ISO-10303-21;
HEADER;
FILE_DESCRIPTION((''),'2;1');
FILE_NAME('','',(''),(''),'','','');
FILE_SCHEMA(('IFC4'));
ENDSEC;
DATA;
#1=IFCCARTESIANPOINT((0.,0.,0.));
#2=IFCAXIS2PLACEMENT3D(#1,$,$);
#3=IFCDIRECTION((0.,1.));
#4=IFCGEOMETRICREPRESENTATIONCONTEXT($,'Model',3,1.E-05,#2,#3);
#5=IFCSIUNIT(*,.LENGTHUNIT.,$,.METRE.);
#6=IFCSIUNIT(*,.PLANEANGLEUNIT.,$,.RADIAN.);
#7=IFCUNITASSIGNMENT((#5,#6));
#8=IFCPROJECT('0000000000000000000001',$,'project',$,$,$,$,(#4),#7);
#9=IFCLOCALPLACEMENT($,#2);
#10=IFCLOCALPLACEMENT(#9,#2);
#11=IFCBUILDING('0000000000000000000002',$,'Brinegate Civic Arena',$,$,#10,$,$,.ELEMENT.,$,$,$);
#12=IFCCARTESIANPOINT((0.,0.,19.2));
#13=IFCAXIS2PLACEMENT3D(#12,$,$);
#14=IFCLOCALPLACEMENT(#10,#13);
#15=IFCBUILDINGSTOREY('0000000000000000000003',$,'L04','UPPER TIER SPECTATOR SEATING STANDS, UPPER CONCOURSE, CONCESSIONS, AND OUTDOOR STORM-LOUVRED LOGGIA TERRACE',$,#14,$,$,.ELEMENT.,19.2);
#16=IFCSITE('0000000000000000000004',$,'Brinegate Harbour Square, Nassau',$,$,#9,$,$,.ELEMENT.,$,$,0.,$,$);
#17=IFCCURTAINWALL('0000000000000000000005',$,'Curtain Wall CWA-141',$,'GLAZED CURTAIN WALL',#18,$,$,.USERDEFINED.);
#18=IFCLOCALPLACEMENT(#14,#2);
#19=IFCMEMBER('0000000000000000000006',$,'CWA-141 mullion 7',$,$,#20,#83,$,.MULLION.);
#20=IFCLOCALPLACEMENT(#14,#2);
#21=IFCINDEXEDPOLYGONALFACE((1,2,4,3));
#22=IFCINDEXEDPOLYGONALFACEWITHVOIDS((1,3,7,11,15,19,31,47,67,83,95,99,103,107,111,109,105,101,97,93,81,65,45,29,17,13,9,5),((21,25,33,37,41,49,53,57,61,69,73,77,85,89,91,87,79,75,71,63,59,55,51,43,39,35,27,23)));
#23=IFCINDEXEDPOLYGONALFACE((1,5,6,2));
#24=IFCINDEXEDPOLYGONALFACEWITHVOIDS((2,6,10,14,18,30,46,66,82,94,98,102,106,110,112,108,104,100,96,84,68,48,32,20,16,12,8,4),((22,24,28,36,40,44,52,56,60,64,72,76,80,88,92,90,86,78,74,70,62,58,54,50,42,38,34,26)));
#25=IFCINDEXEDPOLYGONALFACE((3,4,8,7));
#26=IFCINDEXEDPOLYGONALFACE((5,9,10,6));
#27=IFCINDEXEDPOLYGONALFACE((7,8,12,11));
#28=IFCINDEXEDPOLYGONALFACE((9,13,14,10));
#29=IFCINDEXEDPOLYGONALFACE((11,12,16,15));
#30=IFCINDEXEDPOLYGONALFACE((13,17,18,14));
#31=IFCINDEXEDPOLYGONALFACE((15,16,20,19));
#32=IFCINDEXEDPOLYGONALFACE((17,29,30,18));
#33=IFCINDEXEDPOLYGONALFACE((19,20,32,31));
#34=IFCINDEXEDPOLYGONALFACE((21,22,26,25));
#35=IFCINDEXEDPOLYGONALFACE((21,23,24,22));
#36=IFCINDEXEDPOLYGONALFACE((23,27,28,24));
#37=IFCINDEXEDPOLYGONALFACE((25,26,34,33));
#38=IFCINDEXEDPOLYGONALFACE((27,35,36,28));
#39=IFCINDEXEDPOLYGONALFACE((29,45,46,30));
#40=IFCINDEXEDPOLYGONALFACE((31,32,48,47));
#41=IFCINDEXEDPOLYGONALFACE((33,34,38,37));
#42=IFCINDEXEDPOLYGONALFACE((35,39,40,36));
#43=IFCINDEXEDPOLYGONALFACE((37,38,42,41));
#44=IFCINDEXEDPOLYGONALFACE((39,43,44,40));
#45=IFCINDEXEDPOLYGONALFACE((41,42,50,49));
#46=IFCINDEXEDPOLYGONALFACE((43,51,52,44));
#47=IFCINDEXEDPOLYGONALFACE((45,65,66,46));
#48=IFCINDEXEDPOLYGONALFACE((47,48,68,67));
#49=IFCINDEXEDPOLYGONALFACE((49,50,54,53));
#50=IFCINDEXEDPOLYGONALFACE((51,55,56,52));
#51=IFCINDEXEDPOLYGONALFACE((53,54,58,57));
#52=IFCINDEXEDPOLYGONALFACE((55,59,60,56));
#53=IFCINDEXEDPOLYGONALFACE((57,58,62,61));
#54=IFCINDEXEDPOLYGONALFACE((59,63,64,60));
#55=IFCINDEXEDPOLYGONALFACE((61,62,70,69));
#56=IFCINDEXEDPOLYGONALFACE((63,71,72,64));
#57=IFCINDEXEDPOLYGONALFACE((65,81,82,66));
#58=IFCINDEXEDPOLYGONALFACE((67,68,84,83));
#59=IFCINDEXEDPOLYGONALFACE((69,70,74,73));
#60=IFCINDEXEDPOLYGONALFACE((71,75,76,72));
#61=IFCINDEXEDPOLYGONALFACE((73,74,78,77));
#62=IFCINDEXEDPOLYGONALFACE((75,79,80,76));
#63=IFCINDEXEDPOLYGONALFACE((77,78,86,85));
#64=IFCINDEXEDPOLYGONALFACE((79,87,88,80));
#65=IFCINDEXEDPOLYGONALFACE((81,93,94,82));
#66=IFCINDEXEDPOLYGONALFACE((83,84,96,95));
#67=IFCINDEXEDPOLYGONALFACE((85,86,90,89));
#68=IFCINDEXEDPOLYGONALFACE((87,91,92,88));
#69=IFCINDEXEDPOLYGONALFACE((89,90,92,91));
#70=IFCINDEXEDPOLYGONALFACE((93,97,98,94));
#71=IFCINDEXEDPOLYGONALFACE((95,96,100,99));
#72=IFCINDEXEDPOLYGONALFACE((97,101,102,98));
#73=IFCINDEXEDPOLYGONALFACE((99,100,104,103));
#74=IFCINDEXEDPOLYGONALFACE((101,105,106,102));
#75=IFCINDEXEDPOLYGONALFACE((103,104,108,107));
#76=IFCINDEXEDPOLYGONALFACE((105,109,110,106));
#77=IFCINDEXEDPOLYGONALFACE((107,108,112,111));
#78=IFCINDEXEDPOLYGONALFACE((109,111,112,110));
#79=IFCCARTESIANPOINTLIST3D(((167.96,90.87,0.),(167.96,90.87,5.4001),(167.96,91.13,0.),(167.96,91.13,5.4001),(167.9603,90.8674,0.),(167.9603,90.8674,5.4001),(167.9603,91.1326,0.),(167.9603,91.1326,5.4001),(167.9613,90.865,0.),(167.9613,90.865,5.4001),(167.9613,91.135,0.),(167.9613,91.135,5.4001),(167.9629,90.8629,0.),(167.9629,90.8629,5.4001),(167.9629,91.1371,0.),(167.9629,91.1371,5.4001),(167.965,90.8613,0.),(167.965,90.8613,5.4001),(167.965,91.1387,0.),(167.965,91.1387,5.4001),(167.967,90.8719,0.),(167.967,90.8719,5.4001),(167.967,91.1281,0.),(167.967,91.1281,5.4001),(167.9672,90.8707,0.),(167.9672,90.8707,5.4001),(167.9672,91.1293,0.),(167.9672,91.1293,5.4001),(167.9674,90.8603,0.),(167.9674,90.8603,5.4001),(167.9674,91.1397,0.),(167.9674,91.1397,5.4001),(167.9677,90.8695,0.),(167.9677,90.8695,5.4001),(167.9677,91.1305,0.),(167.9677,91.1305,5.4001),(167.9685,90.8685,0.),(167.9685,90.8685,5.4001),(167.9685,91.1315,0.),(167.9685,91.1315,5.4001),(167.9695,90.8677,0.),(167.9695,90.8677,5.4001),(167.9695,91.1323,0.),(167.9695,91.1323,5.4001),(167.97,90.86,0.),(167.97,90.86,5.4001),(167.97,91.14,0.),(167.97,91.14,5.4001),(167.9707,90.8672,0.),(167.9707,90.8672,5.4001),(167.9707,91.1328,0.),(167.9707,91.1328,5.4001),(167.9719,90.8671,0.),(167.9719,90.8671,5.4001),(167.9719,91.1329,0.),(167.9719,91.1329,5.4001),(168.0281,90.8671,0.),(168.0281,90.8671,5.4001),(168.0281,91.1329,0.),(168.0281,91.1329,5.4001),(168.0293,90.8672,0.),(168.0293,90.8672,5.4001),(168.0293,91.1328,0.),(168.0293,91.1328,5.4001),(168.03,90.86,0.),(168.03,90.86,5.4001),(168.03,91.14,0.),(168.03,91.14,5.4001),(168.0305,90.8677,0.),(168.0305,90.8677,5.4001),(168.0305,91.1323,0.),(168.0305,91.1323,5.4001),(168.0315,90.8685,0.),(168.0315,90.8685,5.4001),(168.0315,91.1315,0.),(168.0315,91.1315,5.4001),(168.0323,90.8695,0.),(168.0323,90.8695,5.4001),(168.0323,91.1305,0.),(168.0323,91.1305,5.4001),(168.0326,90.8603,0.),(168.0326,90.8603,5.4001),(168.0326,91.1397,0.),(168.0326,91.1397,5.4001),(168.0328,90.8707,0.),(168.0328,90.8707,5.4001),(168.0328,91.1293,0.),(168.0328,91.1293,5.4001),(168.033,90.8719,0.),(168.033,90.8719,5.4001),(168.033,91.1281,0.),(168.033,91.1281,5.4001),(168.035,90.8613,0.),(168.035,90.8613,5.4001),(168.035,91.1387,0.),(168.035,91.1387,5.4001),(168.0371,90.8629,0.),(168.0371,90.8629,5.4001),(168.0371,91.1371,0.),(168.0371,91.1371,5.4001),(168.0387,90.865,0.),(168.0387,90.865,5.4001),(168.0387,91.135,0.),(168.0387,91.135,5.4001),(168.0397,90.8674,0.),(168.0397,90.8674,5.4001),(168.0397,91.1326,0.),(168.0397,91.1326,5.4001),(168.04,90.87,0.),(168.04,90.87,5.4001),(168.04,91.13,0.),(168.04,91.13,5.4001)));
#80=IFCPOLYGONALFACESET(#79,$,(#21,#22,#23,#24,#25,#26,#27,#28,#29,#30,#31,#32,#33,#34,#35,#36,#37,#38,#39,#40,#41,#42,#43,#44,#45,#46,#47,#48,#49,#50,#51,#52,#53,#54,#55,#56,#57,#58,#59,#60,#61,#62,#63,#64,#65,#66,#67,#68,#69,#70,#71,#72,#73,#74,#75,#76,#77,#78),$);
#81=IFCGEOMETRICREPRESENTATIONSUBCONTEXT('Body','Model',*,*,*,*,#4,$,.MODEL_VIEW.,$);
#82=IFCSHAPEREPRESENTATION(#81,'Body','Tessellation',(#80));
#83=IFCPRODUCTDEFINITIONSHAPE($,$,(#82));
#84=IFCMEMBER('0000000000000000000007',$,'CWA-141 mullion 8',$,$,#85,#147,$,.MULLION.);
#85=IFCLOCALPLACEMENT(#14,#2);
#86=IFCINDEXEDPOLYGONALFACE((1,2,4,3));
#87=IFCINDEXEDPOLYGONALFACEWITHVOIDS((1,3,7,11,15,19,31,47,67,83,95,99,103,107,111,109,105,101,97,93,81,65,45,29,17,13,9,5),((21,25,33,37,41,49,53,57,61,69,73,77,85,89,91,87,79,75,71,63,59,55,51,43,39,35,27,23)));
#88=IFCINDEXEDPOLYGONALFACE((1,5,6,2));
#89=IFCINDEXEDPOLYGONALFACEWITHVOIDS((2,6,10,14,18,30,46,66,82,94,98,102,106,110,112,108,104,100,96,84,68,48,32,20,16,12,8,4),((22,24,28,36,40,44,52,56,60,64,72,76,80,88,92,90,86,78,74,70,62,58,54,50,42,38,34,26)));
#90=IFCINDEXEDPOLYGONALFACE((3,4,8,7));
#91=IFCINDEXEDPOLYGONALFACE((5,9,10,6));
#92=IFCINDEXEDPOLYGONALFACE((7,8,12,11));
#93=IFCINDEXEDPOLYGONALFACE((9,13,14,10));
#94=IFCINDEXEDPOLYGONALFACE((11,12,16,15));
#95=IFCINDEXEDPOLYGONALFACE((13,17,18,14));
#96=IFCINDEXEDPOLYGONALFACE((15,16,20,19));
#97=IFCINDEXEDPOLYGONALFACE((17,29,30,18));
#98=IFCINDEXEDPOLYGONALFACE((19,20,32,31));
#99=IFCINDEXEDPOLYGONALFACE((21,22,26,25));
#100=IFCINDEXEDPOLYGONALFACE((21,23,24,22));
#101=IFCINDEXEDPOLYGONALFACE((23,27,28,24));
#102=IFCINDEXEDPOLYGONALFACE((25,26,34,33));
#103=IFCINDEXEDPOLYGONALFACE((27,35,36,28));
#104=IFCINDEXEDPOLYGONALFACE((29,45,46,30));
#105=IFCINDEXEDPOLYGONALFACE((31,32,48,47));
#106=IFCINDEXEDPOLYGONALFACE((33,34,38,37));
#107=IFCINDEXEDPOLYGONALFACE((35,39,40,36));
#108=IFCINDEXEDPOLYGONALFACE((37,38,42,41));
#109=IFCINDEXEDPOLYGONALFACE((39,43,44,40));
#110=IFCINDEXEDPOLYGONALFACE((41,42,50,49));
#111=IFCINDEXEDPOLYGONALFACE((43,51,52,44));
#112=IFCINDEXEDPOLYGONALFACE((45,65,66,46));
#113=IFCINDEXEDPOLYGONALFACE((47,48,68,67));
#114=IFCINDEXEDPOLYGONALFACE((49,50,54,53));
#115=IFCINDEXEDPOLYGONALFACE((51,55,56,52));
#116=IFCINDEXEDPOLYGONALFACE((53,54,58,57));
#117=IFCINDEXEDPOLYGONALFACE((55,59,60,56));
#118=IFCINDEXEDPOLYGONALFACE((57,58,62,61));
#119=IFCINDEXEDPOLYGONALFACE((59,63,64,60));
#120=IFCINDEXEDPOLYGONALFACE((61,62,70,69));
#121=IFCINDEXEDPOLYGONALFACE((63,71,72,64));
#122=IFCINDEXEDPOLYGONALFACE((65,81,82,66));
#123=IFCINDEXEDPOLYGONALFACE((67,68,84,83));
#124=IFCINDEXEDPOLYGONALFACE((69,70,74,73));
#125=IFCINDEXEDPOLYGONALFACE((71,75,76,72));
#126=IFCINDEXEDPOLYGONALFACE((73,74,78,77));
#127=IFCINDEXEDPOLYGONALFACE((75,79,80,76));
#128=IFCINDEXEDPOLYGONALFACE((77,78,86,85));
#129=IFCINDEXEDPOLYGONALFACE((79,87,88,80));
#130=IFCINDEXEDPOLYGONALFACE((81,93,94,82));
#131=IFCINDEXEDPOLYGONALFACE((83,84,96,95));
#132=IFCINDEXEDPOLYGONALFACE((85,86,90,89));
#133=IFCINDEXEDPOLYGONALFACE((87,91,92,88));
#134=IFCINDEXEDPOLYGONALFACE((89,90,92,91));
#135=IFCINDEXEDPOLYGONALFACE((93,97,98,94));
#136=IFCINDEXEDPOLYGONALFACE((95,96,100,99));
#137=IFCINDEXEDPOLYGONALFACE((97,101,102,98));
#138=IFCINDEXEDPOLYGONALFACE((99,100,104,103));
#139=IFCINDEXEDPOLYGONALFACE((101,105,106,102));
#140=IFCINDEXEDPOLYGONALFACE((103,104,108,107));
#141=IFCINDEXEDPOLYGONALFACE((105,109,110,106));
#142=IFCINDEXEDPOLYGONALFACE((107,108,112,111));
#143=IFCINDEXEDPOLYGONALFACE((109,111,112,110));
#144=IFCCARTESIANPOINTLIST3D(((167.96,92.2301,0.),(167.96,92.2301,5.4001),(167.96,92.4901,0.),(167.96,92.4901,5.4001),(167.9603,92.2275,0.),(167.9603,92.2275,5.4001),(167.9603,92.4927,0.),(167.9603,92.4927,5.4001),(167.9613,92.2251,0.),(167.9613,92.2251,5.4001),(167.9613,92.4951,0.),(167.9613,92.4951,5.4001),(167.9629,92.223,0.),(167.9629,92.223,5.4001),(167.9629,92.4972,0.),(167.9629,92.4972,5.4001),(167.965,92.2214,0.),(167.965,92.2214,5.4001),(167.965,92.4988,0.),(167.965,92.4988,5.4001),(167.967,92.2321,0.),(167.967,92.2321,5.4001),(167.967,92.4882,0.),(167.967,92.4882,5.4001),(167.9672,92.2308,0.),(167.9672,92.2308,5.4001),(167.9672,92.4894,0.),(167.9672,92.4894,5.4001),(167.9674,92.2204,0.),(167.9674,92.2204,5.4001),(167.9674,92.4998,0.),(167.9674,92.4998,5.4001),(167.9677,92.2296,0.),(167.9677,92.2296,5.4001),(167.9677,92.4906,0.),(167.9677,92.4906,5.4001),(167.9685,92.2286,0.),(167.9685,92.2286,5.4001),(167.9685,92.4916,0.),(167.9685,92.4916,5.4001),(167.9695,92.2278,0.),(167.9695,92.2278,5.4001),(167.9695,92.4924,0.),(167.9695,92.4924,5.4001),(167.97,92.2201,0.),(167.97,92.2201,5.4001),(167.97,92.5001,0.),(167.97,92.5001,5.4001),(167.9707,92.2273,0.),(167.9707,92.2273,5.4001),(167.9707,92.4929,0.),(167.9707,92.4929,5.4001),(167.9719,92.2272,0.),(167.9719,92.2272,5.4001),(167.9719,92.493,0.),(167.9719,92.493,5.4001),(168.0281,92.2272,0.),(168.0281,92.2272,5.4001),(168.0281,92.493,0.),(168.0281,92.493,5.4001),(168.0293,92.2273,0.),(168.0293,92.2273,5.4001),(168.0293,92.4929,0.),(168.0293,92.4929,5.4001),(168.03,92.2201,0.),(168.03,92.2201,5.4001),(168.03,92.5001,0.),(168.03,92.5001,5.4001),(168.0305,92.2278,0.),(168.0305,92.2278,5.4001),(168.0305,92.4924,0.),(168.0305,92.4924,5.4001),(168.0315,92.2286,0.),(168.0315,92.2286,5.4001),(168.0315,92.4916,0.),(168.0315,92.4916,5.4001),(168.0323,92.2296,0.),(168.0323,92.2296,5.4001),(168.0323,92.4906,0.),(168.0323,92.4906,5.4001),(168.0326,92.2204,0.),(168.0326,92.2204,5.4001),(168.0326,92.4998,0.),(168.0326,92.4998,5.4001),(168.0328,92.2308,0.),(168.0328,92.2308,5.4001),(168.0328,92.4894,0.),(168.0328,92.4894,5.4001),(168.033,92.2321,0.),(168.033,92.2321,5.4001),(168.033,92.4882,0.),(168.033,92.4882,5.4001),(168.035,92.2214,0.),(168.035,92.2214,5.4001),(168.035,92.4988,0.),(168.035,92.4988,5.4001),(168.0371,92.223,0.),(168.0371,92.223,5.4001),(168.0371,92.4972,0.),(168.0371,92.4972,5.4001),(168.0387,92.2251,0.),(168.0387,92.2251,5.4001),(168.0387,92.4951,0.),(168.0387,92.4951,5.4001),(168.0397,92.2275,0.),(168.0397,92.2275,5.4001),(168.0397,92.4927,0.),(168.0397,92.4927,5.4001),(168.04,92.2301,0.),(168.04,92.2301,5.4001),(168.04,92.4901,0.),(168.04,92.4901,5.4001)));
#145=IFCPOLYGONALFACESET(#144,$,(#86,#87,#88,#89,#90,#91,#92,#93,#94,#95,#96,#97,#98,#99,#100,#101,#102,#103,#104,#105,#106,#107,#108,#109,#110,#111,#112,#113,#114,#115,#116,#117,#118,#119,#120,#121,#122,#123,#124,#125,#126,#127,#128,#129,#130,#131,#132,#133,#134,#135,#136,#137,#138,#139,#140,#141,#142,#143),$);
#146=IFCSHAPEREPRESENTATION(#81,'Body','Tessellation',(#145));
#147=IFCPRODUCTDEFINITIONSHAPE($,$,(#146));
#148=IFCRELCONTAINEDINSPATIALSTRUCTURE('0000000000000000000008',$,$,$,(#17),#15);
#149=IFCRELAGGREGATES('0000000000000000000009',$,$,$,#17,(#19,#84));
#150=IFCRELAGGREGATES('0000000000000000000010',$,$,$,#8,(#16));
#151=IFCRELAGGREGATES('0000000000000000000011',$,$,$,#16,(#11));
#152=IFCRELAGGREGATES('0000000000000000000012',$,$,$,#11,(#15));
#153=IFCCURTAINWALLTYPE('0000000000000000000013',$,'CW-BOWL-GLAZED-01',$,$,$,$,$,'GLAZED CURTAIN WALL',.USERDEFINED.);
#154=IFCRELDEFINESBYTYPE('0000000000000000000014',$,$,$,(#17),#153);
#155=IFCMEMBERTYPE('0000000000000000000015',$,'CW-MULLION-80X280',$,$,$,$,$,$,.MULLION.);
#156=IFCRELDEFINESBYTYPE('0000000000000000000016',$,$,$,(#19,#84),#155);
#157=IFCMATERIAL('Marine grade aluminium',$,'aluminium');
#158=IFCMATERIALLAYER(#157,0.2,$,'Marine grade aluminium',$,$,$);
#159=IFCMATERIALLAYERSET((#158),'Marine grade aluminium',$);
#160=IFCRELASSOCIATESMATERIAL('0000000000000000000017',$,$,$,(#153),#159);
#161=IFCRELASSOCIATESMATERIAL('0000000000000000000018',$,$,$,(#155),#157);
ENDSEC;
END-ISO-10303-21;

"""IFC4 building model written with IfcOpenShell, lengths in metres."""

from ifc_helpers import new_model, si_unit, direction, frame, origin, origin_2d, place, context, subcontext, project, spatial, hollow_rectangle, extrude, material, layer, layer_set, material_profile, profile_set, type_object, element, aggregate, save


model = new_model("IFC4")

# Units and contexts
model_context = context("Model", 3, precision=1e-05, world=origin(), true_north=direction((0.0, 1.0)))
body_context = subcontext(model_context, "Body", "Model", "MODEL_VIEW")
ifc_project = project(units=[si_unit("LENGTHUNIT", "METRE"), si_unit("PLANEANGLEUNIT", "RADIAN")], contexts=[model_context])

# Site, building, storey
site_placement = place(None, origin())
site = spatial("IfcSite", under=ifc_project, at=site_placement, Name="Brinegate Harbour Square, Nassau", CompositionType="ELEMENT", RefElevation=0.0)
building_placement = place(site_placement, origin())
building = spatial("IfcBuilding", under=site, at=building_placement, Name="Brinegate Civic Arena", CompositionType="ELEMENT")
storey_placement = place(building_placement, frame((0.0, 0.0, 19.2)))
storey = spatial("IfcBuildingStorey", under=building, at=storey_placement, Name="L04", Description="UPPER TIER SPECTATOR SEATING STANDS, UPPER CONCOURSE, CONCESSIONS, AND OUTDOOR STORM-LOUVRED LOGGIA TERRACE", CompositionType="ELEMENT", Elevation=19.2)

# Curtain wall, members
ifc_material_1 = material(Name="Marine grade aluminium", Category="aluminium")
ifc_layer_1 = layer(ifc_material_1, 0.2, Name="Marine grade aluminium")
ifc_layer_set_1 = layer_set([ifc_layer_1], Name="Marine grade aluminium")
curtain_wall_type = type_object("IfcCurtainWallType", Name="CW-BOWL-GLAZED-01", ElementType="GLAZED CURTAIN WALL", PredefinedType="USERDEFINED", material=ifc_layer_set_1)
curtain_wall_placement = place(storey_placement, origin())
curtain_wall = element("IfcCurtainWall", 1, at=curtain_wall_placement, inside=storey, type_object=curtain_wall_type, Name="Curtain Wall CWA-141", ObjectType="GLAZED CURTAIN WALL", PredefinedType="USERDEFINED")
ifc_material_profile_1 = material_profile(ifc_material_1, hollow_rectangle(XDim=0.0801, YDim=0.28, WallThickness=0.0071, InnerFilletRadius=0.0049, OuterFilletRadius=0.01, at=origin_2d()), Name="MUL80X280")
ifc_profile_set_1 = profile_set([ifc_material_profile_1], Name="Marine grade aluminium")
member_type_1 = type_object("IfcMemberType", Name="CW-MULLION-80X280", PredefinedType="MULLION", material=ifc_profile_set_1)
member_1_placement = place(storey_placement, frame((168.0, 91.0, 0.0), z_axis=(0.0, 0.0, 1.0), x_axis=(-1.0, 0.0, 0.0)))
member_1 = element("IfcMember", 2, at=member_1_placement, type_object=member_type_1, Name="CWA-141 mullion 7", PredefinedType="MULLION", context=body_context, shape_type="SweptSolid", body=[
    extrude(hollow_rectangle(XDim=0.0801, YDim=0.28, WallThickness=0.0071, InnerFilletRadius=0.0049, OuterFilletRadius=0.01, at=origin_2d()), origin(), (0.0, 0.0, 1.0), 5.4001),
])
member_2_placement = place(storey_placement, frame((168.0, 92.3601, 0.0), z_axis=(0.0, 0.0, 1.0), x_axis=(-1.0, 0.0, 0.0)))
member_2 = element("IfcMember", 3, at=member_2_placement, type_object=member_type_1, Name="CWA-141 mullion 8", PredefinedType="MULLION", context=body_context, shape_type="SweptSolid", body=[
    extrude(hollow_rectangle(XDim=0.0801, YDim=0.28, WallThickness=0.0071, InnerFilletRadius=0.0049, OuterFilletRadius=0.01, at=origin_2d()), origin(), (0.0, 0.0, 1.0), 5.4001),
])

aggregate(curtain_wall, [member_1, member_2])

save(model, "model.ifc")
